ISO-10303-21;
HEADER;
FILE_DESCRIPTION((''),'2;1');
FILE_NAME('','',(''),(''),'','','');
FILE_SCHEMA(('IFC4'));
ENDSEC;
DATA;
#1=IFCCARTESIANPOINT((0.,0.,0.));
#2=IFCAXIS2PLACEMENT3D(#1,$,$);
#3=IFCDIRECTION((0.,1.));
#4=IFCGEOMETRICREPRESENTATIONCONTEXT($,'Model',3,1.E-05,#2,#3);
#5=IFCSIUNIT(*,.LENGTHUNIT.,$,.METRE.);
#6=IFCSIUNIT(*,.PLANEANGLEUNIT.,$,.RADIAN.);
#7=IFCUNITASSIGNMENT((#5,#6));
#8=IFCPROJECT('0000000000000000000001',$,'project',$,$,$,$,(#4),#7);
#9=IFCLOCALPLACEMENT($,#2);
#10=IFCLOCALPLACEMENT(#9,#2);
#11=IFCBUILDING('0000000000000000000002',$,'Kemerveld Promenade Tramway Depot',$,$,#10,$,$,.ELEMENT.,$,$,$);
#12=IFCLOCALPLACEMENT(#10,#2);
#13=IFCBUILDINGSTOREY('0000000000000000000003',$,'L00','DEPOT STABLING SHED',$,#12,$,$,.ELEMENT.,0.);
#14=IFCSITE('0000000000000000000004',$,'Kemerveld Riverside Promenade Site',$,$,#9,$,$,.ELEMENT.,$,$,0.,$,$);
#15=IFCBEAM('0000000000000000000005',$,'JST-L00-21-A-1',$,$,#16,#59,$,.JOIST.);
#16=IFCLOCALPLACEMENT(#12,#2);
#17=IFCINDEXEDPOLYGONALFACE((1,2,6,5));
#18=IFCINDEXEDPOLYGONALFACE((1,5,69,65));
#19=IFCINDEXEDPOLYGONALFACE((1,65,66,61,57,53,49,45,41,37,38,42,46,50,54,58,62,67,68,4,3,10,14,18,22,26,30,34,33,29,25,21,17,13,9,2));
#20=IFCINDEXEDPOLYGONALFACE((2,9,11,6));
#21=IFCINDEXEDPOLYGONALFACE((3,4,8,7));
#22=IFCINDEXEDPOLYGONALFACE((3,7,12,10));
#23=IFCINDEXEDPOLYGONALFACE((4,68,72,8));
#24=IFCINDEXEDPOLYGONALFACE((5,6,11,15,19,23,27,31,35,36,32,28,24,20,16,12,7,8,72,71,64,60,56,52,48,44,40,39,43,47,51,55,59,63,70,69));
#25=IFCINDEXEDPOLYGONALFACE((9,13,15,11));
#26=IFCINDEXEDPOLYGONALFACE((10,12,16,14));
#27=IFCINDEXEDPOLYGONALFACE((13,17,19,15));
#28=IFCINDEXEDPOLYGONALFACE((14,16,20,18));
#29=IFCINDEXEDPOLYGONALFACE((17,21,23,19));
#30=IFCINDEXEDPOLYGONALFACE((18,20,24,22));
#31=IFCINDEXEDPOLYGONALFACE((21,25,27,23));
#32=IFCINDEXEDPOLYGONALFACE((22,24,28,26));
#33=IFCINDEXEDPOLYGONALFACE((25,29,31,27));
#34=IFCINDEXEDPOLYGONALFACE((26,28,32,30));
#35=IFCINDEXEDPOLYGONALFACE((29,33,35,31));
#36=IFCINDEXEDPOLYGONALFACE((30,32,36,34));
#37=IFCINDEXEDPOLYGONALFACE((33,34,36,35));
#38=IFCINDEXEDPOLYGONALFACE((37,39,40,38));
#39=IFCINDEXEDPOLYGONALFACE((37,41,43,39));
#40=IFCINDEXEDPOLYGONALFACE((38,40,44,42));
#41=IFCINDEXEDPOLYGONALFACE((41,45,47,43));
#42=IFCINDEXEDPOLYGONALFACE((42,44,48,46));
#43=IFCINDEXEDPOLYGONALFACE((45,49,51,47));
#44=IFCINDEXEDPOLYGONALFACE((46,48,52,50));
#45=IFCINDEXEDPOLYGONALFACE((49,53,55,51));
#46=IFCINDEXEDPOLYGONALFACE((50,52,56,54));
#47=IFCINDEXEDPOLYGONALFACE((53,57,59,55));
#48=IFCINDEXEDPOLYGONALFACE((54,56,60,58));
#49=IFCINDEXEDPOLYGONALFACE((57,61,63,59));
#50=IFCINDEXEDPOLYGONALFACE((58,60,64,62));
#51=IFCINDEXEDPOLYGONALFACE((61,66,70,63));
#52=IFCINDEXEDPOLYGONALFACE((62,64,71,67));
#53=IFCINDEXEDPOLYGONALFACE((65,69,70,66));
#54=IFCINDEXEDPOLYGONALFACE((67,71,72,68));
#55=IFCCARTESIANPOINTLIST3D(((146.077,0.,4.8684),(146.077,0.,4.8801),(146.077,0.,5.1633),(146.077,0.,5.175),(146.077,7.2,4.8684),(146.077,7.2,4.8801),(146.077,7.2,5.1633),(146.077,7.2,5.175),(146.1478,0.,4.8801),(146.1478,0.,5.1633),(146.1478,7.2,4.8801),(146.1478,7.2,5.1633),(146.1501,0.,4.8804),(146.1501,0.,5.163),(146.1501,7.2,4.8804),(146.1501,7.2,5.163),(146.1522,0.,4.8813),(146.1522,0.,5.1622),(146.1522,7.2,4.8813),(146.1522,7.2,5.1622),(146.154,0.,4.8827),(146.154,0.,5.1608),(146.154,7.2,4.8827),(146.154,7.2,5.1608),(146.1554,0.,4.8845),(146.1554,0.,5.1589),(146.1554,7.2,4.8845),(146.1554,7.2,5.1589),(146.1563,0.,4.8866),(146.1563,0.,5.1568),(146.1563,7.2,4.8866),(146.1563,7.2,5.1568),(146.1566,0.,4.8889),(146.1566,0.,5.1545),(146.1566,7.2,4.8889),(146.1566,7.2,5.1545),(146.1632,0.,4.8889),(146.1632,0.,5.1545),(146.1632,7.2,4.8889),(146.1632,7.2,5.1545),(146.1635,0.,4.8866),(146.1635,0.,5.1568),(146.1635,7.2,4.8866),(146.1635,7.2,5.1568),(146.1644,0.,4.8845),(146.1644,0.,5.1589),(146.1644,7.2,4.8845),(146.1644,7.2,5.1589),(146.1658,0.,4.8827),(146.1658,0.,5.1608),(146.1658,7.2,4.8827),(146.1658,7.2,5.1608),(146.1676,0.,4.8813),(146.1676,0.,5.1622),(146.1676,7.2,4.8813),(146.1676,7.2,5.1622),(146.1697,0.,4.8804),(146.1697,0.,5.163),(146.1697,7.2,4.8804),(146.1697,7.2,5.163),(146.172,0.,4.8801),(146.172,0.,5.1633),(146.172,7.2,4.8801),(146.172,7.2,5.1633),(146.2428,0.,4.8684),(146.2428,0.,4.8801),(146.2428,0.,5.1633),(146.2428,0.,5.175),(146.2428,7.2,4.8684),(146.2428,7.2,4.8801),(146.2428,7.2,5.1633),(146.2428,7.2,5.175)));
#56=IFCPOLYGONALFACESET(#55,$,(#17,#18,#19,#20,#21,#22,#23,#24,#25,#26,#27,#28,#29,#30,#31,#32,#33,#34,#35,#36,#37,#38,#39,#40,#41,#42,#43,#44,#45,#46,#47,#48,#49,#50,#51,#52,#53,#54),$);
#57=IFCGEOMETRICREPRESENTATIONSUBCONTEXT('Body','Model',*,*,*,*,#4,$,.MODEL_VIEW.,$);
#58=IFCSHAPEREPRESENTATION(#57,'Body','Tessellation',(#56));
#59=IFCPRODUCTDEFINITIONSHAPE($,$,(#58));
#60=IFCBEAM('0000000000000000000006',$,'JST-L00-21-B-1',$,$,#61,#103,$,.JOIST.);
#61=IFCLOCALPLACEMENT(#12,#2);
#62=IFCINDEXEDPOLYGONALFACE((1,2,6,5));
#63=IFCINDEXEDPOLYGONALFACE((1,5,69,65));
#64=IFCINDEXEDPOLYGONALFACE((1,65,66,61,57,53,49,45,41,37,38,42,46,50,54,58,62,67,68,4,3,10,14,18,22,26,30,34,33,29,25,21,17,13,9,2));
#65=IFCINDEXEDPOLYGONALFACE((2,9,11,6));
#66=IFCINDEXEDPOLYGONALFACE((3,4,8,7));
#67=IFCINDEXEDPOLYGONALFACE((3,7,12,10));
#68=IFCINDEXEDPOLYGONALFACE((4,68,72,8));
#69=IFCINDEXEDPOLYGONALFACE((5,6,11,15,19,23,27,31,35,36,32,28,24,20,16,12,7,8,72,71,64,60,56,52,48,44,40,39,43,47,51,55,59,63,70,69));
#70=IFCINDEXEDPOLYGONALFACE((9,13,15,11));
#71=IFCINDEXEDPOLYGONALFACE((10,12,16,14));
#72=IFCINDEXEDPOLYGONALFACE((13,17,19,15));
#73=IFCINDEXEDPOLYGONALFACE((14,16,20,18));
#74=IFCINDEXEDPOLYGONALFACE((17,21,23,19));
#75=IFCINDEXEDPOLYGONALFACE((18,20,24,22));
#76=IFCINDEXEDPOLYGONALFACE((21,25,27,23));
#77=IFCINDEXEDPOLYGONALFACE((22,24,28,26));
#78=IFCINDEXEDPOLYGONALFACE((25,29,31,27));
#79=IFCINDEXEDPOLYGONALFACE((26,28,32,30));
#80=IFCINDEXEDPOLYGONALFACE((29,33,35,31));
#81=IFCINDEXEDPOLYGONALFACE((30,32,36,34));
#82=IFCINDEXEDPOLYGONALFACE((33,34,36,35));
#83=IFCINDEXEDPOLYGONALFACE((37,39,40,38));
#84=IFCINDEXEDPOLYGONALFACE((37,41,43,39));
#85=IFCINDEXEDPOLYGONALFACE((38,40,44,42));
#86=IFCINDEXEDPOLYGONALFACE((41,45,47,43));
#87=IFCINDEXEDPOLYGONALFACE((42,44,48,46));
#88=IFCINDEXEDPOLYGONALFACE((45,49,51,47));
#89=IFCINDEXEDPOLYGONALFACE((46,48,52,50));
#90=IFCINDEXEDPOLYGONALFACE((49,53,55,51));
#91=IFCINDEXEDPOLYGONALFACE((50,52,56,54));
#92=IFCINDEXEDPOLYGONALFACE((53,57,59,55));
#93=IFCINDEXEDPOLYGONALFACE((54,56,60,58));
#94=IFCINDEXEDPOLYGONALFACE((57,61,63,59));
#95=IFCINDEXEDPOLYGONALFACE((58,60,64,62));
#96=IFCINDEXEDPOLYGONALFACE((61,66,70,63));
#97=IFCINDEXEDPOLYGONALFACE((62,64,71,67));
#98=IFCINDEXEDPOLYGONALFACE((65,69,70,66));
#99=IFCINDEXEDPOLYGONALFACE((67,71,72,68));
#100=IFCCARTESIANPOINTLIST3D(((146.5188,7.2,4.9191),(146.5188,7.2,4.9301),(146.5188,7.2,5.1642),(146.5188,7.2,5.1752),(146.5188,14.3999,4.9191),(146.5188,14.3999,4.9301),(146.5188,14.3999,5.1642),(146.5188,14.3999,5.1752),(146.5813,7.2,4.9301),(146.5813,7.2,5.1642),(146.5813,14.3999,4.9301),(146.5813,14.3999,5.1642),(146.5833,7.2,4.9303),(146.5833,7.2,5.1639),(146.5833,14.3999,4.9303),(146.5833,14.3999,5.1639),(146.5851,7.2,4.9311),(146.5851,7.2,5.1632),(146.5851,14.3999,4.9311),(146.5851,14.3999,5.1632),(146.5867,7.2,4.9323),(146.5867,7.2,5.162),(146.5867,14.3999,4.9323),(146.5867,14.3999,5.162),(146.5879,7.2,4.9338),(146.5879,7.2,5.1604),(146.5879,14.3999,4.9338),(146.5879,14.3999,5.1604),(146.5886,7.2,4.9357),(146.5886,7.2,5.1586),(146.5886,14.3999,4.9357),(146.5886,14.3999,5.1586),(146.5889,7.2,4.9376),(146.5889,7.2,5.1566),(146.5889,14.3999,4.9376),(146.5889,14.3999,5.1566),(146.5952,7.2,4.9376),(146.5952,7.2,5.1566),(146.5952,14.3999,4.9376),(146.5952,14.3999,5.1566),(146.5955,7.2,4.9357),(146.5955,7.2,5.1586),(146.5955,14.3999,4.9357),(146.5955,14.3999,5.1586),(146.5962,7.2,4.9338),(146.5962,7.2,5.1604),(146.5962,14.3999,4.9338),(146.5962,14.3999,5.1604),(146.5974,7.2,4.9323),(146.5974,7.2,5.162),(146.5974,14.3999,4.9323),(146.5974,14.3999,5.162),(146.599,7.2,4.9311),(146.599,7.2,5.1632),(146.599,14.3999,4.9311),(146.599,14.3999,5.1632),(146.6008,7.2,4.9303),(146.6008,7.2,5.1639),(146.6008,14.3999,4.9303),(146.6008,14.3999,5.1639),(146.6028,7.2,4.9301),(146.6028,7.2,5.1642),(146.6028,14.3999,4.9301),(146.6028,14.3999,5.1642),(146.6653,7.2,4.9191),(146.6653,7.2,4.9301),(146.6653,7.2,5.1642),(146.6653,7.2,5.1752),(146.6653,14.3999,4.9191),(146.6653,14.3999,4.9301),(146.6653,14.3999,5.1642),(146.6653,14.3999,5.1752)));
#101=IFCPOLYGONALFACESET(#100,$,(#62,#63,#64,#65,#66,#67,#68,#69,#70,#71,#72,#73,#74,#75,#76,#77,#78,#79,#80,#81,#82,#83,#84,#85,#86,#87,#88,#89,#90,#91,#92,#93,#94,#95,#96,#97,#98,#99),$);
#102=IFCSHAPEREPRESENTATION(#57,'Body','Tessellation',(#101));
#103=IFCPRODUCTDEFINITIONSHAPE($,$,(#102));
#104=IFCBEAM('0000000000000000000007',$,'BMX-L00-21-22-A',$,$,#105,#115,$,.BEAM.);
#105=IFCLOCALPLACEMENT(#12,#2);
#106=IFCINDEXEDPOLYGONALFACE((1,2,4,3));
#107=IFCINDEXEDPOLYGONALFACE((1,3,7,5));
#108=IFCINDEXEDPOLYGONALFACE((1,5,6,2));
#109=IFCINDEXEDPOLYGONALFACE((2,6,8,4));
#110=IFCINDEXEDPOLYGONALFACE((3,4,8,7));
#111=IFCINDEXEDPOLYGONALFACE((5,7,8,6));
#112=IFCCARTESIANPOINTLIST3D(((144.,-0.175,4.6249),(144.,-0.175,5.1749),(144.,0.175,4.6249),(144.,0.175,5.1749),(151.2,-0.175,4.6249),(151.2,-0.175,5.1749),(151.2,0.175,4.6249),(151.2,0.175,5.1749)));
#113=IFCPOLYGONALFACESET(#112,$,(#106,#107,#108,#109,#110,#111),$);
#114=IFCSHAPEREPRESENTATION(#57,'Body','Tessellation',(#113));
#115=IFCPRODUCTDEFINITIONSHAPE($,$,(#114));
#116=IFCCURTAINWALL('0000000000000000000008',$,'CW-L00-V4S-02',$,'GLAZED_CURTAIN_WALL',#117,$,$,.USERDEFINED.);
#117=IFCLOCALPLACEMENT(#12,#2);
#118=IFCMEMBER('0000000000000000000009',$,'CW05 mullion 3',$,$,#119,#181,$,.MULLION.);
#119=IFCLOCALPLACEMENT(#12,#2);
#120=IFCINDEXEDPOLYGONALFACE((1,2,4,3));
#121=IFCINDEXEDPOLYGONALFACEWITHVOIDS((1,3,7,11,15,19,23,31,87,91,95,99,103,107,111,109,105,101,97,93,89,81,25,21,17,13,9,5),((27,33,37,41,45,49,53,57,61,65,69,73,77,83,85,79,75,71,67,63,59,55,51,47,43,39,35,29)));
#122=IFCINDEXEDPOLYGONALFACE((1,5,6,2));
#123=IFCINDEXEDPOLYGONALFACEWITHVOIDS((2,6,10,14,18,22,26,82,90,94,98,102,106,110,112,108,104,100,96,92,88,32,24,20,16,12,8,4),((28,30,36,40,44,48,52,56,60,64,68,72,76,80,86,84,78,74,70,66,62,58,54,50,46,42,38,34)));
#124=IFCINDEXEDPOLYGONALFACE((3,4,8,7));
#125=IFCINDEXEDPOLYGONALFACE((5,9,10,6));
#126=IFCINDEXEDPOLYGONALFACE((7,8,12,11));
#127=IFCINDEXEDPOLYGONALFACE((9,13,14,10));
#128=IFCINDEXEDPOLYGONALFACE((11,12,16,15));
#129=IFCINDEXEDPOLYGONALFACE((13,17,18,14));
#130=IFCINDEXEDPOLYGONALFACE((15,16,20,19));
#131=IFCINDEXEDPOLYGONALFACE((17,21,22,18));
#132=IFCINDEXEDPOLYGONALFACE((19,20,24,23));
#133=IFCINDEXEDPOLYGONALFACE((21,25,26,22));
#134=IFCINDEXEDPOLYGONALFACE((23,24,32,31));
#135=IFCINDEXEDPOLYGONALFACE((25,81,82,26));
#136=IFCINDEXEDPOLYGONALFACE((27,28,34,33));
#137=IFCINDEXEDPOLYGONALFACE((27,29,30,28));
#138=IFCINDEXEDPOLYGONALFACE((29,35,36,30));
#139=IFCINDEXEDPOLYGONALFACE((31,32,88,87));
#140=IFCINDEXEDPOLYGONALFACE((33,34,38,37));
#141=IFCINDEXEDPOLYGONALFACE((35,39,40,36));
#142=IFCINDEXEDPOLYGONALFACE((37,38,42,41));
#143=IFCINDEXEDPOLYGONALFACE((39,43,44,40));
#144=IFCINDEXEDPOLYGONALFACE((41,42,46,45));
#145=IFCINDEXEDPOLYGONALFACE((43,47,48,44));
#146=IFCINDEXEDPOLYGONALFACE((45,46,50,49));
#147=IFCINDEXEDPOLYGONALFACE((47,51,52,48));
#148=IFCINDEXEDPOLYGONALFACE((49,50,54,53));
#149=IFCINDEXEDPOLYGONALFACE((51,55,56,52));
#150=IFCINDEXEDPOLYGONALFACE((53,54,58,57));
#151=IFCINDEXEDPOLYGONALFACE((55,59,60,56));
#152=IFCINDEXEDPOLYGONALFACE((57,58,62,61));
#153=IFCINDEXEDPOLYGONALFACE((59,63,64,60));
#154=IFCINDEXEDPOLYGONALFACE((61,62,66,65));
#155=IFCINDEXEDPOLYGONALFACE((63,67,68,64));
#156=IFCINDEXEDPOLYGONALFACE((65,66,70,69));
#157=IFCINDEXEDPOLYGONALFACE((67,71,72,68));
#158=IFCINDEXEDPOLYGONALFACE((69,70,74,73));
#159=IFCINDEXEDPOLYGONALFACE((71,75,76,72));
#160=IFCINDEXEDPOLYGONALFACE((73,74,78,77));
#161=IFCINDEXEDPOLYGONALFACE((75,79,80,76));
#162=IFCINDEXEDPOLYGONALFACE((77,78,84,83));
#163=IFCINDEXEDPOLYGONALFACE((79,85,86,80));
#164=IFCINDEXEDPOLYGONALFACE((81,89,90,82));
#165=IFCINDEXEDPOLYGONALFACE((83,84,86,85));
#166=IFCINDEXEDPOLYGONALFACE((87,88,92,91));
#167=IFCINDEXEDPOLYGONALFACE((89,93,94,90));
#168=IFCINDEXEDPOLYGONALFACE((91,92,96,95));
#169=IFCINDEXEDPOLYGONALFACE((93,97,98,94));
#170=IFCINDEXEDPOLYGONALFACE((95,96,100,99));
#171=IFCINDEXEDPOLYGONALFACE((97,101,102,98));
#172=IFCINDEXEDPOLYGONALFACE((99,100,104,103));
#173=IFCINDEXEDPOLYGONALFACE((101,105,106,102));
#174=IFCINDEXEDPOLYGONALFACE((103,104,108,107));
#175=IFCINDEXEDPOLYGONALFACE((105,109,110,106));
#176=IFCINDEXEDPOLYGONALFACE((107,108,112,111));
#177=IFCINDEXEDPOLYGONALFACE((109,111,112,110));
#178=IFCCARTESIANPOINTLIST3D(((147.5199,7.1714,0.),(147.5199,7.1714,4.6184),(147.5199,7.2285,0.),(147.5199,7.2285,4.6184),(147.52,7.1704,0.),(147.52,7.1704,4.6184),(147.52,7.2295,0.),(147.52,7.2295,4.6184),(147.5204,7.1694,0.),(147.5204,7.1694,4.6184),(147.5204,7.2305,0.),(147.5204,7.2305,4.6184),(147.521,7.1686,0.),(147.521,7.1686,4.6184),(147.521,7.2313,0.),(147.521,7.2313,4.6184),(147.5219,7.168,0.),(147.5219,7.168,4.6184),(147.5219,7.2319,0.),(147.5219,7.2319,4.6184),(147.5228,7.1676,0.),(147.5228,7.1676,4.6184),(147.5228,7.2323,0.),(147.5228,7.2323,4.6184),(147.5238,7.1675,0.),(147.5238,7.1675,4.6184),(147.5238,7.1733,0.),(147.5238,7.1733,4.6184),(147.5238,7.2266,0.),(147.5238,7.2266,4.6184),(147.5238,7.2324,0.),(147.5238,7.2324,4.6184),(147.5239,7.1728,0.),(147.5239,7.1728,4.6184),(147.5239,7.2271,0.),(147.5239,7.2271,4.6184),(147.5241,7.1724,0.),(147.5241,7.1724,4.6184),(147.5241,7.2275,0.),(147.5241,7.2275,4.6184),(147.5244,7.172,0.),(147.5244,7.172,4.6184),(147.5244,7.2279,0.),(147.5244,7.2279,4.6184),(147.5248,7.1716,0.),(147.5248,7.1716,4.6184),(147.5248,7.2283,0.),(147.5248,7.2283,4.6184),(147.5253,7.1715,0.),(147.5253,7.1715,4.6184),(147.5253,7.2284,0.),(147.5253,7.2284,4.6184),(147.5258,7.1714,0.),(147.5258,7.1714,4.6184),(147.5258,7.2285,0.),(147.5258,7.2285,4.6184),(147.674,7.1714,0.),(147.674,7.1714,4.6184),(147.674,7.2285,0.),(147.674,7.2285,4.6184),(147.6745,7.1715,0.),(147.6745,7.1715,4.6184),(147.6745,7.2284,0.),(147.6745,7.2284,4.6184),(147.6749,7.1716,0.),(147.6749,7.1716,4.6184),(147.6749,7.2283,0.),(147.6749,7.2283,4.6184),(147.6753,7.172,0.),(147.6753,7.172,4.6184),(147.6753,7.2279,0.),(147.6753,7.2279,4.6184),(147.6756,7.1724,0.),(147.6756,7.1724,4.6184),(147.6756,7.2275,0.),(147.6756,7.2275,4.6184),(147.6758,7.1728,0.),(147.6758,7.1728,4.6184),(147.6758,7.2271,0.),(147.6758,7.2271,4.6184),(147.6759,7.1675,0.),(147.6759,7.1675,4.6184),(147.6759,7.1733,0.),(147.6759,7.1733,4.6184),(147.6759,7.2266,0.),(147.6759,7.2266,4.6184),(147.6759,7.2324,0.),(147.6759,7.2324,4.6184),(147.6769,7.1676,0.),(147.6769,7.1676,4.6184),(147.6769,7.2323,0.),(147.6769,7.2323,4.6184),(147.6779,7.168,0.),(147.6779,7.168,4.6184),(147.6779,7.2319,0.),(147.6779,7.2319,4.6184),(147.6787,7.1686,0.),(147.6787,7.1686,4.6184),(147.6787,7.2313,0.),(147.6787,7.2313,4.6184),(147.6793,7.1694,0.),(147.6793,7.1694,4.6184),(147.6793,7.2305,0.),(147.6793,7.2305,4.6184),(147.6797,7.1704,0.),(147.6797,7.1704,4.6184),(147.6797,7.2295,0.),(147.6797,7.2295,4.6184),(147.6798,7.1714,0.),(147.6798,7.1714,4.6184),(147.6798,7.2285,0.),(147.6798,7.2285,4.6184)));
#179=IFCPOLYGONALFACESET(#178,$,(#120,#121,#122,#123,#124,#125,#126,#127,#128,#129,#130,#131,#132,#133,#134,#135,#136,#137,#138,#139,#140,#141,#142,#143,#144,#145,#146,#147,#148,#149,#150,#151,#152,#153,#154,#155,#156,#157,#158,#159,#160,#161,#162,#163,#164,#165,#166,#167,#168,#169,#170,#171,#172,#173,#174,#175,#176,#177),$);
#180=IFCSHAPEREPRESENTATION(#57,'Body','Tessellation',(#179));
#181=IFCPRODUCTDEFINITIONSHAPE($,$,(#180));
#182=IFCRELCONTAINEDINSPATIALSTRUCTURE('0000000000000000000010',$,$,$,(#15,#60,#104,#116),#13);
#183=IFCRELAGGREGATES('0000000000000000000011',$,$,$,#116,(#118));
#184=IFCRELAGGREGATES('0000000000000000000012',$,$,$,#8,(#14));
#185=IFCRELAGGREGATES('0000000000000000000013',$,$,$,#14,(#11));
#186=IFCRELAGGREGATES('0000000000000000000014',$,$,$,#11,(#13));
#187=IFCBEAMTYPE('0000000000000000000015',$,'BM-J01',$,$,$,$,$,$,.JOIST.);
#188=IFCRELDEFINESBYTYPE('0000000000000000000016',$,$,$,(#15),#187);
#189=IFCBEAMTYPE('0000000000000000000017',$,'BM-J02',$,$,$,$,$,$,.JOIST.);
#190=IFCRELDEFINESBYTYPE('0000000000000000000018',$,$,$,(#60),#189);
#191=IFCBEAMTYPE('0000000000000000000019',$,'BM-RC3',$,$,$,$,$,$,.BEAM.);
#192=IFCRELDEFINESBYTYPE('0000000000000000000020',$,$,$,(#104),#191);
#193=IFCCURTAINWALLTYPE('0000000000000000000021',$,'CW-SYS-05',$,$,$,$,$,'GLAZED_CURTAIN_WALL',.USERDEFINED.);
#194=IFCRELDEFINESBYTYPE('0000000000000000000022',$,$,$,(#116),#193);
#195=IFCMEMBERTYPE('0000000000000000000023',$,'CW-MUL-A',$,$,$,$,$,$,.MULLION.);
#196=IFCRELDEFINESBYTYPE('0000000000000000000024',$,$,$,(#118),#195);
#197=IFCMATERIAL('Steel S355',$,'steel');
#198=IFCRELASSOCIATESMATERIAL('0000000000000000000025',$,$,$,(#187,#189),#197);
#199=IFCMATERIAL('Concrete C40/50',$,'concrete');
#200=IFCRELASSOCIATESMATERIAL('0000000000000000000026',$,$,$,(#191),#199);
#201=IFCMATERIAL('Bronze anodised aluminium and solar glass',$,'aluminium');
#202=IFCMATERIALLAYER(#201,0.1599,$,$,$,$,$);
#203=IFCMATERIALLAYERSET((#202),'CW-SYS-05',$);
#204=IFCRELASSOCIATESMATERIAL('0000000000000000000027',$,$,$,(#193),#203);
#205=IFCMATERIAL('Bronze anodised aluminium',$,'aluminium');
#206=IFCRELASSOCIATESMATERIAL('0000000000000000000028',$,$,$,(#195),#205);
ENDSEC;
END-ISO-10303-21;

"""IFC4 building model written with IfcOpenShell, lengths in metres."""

from ifc_helpers import new_model, si_unit, direction, frame, origin, origin_2d, place, context, subcontext, project, spatial, rectangle, hollow_rectangle, i_section, extrude, material, layer, layer_set, material_profile, profile_set, type_object, element, aggregate, save


model = new_model("IFC4")

# Units and contexts
model_context = context("Model", 3, precision=1e-05, world=origin(), true_north=direction((0.0, 1.0)))
body_context = subcontext(model_context, "Body", "Model", "MODEL_VIEW")
ifc_project = project(units=[si_unit("LENGTHUNIT", "METRE"), si_unit("PLANEANGLEUNIT", "RADIAN")], contexts=[model_context])

# Site, building, storey
site_placement = place(None, origin())
site = spatial("IfcSite", under=ifc_project, at=site_placement, Name="Kemerveld Riverside Promenade Site", CompositionType="ELEMENT", RefElevation=0.0)
building_placement = place(site_placement, origin())
building = spatial("IfcBuilding", under=site, at=building_placement, Name="Kemerveld Promenade Tramway Depot", CompositionType="ELEMENT")
storey_placement = place(building_placement, origin())
storey = spatial("IfcBuildingStorey", under=building, at=storey_placement, Name="L00", Description="DEPOT STABLING SHED", CompositionType="ELEMENT", Elevation=0.0)

# Shared definitions
ifc_material_1 = material(Name="Concrete C40/50", Category="concrete")
ifc_material_2 = material(Name="Steel S355", Category="steel")

# Beams
ifc_material_profile_1 = material_profile(ifc_material_2, i_section(OverallWidth=0.1658, OverallDepth=0.3066, WebThickness=0.0066, FlangeThickness=0.0117, FilletRadius=0.0088, at=origin_2d()), Name="305x165x46 UB")
ifc_profile_set_1 = profile_set([ifc_material_profile_1], Name="Steel S355")
beam_type_1 = type_object("IfcBeamType", Name="BM-J01", PredefinedType="JOIST", material=ifc_profile_set_1)
beam_1_placement = place(storey_placement, frame((146.1599, 0.0, 5.0217), z_axis=(0.0, 1.0, 0.0), x_axis=(-1.0, 0.0, 0.0)))
element("IfcBeam", 1, at=beam_1_placement, inside=storey, type_object=beam_type_1, Name="JST-L00-21-A-1", PredefinedType="JOIST", context=body_context, shape_type="SweptSolid", body=[
    extrude(i_section(OverallWidth=0.1658, OverallDepth=0.3066, WebThickness=0.0066, FlangeThickness=0.0117, FilletRadius=0.0088, at=origin_2d()), origin(), (0.0, 0.0, 1.0), 7.2),
])
ifc_material_profile_2 = material_profile(ifc_material_2, i_section(OverallWidth=0.1465, OverallDepth=0.2561, WebThickness=0.0063, FlangeThickness=0.011, FilletRadius=0.0076, at=origin_2d()), Name="254x146x37 UB")
ifc_profile_set_2 = profile_set([ifc_material_profile_2], Name="Steel S355")
beam_type_2 = type_object("IfcBeamType", Name="BM-J02", PredefinedType="JOIST", material=ifc_profile_set_2)
beam_2_placement = place(storey_placement, frame((146.592, 7.2, 5.0471), z_axis=(0.0, 1.0, 0.0), x_axis=(-1.0, 0.0, 0.0)))
element("IfcBeam", 2, at=beam_2_placement, inside=storey, type_object=beam_type_2, Name="JST-L00-21-B-1", PredefinedType="JOIST", context=body_context, shape_type="SweptSolid", body=[
    extrude(i_section(OverallWidth=0.1465, OverallDepth=0.2561, WebThickness=0.0063, FlangeThickness=0.011, FilletRadius=0.0076, at=origin_2d()), origin(), (0.0, 0.0, 1.0), 7.2),
])
ifc_material_profile_3 = material_profile(ifc_material_1, rectangle(XDim=0.3501, YDim=0.55, at=origin_2d()), Name="RC-BM-350x550")
ifc_profile_set_3 = profile_set([ifc_material_profile_3], Name="Concrete C40/50")
beam_type_3 = type_object("IfcBeamType", Name="BM-RC3", PredefinedType="BEAM", material=ifc_profile_set_3)
beam_3_placement = place(storey_placement, frame((144.0, 0.0, 4.8999), z_axis=(1.0, 0.0, 0.0), x_axis=(0.0, 1.0, 0.0)))
element("IfcBeam", 3, at=beam_3_placement, inside=storey, type_object=beam_type_3, Name="BMX-L00-21-22-A", PredefinedType="BEAM", context=body_context, shape_type="SweptSolid", body=[
    extrude(rectangle(XDim=0.3501, YDim=0.55, at=origin_2d()), origin(), (0.0, 0.0, 1.0), 7.2),
])

# Curtain wall, member
ifc_material_3 = material(Name="Bronze anodised aluminium and solar glass", Category="aluminium")
ifc_layer_1 = layer(ifc_material_3, 0.1599)
ifc_layer_set_1 = layer_set([ifc_layer_1], Name="CW-SYS-05")
curtain_wall_type = type_object("IfcCurtainWallType", Name="CW-SYS-05", ElementType="GLAZED_CURTAIN_WALL", PredefinedType="USERDEFINED", material=ifc_layer_set_1)
curtain_wall_placement = place(storey_placement, origin())
curtain_wall = element("IfcCurtainWall", 4, at=curtain_wall_placement, inside=storey, type_object=curtain_wall_type, Name="CW-L00-V4S-02", ObjectType="GLAZED_CURTAIN_WALL", PredefinedType="USERDEFINED")
ifc_material_4 = material(Name="Bronze anodised aluminium", Category="aluminium")
ifc_material_profile_4 = material_profile(ifc_material_4, hollow_rectangle(XDim=0.0649, YDim=0.1599, WallThickness=0.0039, InnerFilletRadius=0.002, OuterFilletRadius=0.0039, at=origin_2d()), Name="CW-MUL-160x65")
ifc_profile_set_4 = profile_set([ifc_material_profile_4], Name="Bronze anodised aluminium")
member_type_1 = type_object("IfcMemberType", Name="CW-MUL-A", PredefinedType="MULLION", material=ifc_profile_set_4)
member_1_placement = place(storey_placement, frame((147.5999, 7.2, 0.0), z_axis=(0.0, 0.0, 1.0), x_axis=(0.0, -1.0, 0.0)))
member_1 = element("IfcMember", 5, at=member_1_placement, type_object=member_type_1, Name="CW05 mullion 3", PredefinedType="MULLION", context=body_context, shape_type="SweptSolid", body=[
    extrude(hollow_rectangle(XDim=0.0649, YDim=0.1599, WallThickness=0.0039, InnerFilletRadius=0.002, OuterFilletRadius=0.0039, at=origin_2d()), origin(), (0.0, 0.0, 1.0), 4.6184),
])
aggregate(curtain_wall, [member_1])

save(model, "model.ifc")
